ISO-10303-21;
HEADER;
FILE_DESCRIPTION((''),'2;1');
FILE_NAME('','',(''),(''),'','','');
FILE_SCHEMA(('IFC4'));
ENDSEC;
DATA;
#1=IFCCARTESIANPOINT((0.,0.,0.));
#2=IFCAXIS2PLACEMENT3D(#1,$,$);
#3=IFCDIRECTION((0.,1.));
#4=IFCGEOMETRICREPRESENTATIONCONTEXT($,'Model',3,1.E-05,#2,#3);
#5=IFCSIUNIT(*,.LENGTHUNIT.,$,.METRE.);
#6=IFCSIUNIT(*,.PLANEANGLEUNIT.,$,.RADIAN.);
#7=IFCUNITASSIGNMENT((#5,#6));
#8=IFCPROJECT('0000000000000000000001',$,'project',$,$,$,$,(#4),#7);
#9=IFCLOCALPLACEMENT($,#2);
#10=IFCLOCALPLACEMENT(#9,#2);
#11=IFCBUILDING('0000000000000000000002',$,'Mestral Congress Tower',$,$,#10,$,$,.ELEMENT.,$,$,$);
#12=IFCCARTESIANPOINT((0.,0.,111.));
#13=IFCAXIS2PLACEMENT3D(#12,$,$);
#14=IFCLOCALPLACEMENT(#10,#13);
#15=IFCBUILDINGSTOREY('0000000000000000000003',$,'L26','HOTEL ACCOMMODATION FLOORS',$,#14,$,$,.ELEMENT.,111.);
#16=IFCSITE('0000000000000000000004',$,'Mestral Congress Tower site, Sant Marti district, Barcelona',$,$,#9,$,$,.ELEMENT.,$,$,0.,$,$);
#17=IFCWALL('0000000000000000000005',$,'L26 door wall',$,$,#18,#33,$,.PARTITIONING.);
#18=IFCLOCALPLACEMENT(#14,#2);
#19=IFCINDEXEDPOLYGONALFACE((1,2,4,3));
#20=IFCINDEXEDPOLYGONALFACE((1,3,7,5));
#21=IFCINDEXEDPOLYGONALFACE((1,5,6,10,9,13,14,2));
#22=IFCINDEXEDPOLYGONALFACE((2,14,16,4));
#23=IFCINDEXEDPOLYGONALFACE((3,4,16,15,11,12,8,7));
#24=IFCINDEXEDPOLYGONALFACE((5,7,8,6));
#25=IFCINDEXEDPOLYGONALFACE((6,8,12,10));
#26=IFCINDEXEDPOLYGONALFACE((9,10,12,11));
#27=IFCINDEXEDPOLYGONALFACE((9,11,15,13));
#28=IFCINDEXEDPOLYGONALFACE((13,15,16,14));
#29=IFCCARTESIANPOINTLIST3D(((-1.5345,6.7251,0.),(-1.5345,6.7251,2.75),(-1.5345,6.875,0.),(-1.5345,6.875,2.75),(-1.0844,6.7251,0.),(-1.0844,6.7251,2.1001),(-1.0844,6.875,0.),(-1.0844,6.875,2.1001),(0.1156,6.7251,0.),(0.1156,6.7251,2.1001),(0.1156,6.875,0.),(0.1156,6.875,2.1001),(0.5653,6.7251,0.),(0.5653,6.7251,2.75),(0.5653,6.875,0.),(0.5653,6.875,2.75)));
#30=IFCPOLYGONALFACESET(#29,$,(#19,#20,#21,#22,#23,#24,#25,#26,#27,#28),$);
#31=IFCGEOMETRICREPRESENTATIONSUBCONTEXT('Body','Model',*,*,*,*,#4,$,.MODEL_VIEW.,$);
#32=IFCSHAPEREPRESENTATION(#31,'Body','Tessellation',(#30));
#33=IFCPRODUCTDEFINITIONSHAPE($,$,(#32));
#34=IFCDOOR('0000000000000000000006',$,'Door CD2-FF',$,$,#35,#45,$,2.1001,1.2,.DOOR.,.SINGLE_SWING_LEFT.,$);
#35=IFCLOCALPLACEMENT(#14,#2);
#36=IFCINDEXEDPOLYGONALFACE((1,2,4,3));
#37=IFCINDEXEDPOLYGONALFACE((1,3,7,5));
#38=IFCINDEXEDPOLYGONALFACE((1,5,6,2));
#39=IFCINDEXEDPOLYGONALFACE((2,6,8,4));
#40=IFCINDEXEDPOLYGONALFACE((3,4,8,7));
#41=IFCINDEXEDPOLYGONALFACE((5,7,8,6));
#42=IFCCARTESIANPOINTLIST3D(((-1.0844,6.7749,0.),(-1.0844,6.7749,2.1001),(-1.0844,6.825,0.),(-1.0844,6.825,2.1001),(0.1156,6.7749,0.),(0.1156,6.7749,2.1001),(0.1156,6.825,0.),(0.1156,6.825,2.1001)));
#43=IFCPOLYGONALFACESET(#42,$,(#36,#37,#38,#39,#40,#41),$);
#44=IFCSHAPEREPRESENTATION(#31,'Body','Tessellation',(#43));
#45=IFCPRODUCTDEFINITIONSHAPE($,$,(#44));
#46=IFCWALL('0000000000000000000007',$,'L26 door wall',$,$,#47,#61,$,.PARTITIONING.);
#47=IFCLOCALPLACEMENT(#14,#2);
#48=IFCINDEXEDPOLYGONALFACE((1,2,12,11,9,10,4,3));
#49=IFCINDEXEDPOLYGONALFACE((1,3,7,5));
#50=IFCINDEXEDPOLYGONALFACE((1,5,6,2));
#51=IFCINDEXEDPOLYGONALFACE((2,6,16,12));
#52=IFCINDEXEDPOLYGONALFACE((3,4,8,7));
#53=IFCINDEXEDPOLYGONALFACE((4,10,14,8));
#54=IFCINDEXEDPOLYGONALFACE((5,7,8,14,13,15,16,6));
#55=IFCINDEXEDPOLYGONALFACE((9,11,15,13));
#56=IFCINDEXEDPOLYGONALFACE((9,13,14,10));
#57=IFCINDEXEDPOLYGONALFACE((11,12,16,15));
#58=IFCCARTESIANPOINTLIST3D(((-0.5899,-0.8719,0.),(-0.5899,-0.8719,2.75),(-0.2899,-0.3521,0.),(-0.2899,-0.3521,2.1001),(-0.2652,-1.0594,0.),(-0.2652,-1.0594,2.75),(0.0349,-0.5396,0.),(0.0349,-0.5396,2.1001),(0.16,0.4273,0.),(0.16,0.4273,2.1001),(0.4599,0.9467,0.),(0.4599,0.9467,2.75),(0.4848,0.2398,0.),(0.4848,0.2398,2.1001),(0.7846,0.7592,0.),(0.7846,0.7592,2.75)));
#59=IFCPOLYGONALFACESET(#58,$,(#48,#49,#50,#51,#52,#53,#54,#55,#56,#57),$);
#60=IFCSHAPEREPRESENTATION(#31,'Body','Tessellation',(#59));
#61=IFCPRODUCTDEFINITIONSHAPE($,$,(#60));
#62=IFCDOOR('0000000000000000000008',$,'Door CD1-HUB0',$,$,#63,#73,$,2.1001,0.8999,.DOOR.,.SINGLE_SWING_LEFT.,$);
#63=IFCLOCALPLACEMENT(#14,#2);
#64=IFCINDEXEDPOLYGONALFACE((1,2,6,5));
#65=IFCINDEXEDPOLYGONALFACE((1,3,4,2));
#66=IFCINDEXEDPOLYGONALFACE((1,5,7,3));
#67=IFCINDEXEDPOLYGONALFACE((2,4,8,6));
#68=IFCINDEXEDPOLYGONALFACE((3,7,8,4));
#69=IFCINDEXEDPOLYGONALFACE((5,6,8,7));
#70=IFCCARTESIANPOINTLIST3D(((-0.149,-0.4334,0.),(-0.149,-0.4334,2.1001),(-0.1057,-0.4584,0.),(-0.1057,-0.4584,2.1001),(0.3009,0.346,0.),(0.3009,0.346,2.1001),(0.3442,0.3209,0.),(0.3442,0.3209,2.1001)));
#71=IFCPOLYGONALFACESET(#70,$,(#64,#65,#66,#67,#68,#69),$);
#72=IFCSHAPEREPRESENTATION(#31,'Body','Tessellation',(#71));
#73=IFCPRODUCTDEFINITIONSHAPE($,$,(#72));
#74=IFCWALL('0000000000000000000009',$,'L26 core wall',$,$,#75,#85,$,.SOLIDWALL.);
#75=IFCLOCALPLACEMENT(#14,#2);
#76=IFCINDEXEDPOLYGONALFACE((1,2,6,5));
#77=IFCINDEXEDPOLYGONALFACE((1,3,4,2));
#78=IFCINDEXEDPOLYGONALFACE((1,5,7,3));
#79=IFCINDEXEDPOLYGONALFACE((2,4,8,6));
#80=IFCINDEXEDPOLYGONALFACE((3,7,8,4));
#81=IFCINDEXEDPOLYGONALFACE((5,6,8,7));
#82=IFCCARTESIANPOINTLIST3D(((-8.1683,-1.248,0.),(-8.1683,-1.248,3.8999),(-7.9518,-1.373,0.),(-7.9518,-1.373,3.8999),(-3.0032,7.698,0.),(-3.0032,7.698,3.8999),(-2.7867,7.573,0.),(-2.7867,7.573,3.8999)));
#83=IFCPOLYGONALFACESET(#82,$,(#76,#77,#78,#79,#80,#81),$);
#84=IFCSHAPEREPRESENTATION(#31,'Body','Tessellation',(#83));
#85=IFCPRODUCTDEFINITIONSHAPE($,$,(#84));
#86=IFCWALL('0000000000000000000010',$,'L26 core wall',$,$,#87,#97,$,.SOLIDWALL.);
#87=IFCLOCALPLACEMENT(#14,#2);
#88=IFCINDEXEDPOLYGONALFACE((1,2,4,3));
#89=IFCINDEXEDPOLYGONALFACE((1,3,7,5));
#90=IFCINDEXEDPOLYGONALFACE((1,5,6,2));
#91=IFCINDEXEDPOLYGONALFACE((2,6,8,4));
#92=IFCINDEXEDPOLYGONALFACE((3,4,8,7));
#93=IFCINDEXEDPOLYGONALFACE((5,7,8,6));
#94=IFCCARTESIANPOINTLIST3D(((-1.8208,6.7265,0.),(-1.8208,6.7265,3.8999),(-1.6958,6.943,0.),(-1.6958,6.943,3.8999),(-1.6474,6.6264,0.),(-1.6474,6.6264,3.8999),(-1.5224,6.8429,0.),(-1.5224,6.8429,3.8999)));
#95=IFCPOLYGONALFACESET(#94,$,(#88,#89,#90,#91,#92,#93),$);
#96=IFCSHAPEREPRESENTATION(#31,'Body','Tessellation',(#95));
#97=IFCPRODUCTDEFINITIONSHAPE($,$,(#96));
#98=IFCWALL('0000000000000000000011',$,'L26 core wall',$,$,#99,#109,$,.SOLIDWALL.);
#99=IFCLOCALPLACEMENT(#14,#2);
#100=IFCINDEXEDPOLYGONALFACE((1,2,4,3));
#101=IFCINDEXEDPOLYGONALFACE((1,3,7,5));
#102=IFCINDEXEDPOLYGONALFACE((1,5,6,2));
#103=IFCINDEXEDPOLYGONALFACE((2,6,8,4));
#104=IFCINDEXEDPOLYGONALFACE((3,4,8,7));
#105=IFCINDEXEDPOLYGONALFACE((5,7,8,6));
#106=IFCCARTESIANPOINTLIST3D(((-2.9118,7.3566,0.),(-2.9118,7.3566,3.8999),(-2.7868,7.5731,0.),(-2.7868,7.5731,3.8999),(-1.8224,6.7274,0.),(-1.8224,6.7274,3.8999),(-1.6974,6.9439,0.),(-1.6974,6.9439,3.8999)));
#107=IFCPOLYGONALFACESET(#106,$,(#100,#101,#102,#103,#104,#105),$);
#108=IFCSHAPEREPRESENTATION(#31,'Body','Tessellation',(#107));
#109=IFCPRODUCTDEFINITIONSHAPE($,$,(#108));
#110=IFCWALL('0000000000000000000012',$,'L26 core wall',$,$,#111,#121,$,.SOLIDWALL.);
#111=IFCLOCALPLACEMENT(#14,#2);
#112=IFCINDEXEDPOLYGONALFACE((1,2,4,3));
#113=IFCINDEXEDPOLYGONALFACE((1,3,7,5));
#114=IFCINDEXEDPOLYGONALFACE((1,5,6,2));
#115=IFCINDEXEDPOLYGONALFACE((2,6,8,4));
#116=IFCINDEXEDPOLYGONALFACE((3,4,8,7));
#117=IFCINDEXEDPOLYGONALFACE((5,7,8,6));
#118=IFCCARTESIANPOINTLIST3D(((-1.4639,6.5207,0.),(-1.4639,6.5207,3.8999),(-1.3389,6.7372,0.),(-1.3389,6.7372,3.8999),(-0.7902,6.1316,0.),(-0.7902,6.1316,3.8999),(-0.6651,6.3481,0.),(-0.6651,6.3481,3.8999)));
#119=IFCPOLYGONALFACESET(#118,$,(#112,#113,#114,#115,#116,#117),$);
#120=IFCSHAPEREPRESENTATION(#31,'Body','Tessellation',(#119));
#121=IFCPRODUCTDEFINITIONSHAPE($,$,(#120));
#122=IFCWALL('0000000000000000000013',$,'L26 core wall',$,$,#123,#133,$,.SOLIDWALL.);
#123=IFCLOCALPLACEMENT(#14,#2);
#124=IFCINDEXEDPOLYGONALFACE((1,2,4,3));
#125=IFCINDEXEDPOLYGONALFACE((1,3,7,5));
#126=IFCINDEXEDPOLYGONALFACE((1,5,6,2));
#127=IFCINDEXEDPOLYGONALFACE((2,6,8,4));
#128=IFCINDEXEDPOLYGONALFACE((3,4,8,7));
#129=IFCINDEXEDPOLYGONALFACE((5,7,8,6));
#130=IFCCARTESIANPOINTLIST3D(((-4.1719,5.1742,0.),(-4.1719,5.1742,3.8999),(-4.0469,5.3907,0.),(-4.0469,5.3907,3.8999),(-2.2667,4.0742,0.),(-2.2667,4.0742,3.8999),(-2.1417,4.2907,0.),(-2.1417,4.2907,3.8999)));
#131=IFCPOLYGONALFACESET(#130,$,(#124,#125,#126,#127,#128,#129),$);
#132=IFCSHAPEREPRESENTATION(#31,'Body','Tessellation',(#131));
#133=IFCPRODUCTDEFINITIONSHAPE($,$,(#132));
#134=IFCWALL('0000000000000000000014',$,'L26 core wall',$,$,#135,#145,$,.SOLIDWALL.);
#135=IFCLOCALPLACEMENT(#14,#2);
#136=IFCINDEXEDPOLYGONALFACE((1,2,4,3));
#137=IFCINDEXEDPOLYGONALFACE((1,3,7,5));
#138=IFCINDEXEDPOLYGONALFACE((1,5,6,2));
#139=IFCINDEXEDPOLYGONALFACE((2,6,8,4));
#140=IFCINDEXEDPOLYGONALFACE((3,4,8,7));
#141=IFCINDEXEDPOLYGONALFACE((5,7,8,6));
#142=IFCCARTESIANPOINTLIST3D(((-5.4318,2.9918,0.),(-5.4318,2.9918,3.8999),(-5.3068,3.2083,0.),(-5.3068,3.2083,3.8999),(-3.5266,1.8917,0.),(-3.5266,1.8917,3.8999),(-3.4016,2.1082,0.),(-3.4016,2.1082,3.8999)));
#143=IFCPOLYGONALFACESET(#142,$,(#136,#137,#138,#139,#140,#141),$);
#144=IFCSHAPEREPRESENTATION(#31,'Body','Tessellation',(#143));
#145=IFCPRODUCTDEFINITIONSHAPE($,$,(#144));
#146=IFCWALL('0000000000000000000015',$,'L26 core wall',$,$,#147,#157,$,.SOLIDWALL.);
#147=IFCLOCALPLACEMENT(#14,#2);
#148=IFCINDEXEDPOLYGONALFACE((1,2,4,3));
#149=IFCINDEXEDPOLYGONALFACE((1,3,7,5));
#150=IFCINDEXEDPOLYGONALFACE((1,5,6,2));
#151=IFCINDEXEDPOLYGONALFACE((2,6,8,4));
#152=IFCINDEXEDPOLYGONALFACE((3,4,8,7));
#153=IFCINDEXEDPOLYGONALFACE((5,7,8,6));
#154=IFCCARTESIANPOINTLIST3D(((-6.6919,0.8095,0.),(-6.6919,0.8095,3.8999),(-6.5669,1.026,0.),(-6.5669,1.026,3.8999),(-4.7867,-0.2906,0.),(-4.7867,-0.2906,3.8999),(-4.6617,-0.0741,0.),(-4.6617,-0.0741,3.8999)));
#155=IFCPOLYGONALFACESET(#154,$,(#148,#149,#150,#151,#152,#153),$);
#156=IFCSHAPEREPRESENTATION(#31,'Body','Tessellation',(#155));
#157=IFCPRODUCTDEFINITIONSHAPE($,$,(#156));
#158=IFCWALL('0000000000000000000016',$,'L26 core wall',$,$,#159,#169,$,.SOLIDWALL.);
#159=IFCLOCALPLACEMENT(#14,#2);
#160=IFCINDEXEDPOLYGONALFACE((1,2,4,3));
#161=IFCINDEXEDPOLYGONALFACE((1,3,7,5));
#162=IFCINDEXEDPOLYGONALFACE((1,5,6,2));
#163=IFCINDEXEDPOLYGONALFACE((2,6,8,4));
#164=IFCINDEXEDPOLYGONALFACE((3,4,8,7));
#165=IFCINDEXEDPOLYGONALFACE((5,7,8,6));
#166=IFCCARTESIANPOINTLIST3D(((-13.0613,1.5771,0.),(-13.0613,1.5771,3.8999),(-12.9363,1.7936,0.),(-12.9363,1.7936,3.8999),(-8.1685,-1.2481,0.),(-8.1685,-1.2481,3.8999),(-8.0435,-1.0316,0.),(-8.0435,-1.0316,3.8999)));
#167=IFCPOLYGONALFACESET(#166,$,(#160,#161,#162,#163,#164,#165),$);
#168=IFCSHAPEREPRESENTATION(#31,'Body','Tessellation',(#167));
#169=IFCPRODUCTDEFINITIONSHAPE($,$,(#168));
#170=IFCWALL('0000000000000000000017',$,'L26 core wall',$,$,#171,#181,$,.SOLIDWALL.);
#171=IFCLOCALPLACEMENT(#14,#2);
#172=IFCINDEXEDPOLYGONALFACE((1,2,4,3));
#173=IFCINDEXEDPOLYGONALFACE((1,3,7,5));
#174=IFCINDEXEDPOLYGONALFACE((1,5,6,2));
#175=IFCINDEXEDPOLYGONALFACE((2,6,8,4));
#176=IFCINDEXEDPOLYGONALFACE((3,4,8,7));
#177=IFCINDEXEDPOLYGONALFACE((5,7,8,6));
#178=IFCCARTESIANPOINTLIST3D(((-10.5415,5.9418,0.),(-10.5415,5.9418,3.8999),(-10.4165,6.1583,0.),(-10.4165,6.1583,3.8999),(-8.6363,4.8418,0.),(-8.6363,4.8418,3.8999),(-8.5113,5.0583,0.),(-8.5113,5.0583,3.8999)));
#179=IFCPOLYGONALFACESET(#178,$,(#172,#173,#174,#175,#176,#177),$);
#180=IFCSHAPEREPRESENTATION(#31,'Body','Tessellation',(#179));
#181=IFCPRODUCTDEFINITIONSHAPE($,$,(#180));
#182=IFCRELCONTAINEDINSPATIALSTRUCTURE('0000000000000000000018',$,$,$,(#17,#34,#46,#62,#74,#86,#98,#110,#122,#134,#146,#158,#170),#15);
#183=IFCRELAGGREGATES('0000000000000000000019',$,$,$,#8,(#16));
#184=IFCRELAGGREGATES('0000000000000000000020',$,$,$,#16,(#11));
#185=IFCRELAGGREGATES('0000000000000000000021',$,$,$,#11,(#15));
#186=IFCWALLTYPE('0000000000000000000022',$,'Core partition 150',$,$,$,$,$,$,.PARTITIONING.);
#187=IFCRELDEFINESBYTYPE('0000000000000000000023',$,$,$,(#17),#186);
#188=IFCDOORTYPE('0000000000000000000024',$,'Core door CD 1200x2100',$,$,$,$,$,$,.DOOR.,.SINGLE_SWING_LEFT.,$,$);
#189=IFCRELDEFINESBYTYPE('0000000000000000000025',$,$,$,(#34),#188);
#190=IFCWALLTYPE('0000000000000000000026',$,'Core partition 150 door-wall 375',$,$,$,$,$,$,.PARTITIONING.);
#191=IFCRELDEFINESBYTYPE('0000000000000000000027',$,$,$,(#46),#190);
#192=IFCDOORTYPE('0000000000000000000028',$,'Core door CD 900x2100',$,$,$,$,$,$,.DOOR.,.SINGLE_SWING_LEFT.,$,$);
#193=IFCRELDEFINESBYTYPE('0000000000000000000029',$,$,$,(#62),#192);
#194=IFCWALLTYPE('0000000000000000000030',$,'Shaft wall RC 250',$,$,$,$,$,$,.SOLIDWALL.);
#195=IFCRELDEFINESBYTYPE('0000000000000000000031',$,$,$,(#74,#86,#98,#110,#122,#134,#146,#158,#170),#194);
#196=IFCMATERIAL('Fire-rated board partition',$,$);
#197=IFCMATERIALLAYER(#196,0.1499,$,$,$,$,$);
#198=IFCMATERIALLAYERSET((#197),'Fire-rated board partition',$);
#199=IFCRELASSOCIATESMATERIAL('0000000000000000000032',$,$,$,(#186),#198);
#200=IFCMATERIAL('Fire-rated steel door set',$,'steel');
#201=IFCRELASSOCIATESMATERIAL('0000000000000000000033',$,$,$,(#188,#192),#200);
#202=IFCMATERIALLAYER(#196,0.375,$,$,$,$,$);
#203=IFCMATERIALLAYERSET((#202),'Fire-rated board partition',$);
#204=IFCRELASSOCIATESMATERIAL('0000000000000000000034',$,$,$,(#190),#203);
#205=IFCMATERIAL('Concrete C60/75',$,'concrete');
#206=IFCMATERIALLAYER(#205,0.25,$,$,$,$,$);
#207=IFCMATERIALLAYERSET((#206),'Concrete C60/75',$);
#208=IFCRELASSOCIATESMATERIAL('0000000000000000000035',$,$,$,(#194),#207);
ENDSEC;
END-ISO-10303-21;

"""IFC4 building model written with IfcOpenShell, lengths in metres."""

from ifc_helpers import new_model, si_unit, direction, frame, frame_2d, origin, place, context, subcontext, project, spatial, rectangle, extrude, material, layer, layer_set, type_object, element, fill, save


model = new_model("IFC4")

# Units and contexts
model_context = context("Model", 3, precision=1e-05, world=origin(), true_north=direction((0.0, 1.0)))
body_context = subcontext(model_context, "Body", "Model", "MODEL_VIEW")
ifc_project = project(units=[si_unit("LENGTHUNIT", "METRE"), si_unit("PLANEANGLEUNIT", "RADIAN")], contexts=[model_context])

# Site, building, storey
site_placement = place(None, origin())
site = spatial("IfcSite", under=ifc_project, at=site_placement, Name="Mestral Congress Tower site, Sant Marti district, Barcelona", CompositionType="ELEMENT", RefElevation=0.0)
building_placement = place(site_placement, origin())
building = spatial("IfcBuilding", under=site, at=building_placement, Name="Mestral Congress Tower", CompositionType="ELEMENT")
storey_placement = place(building_placement, frame((0.0, 0.0, 111.0)))
storey = spatial("IfcBuildingStorey", under=building, at=storey_placement, Name="L26", Description="HOTEL ACCOMMODATION FLOORS", CompositionType="ELEMENT", Elevation=111.0)

# Walls, openings, doors
ifc_material_1 = material(Name="Fire-rated board partition")
ifc_layer_1 = layer(ifc_material_1, 0.1499)
ifc_layer_set_1 = layer_set([ifc_layer_1], Name="Fire-rated board partition")
wall_type_1 = type_object("IfcWallType", Name="Core partition 150", PredefinedType="PARTITIONING", material=ifc_layer_set_1)
wall_1_placement = place(storey_placement, frame((-1.5344, 6.8, 0.0), z_axis=(0.0, 0.0, 1.0), x_axis=(1.0, 0.0, 0.0)))
wall_1 = element("IfcWall", 1, at=wall_1_placement, inside=storey, type_object=wall_type_1, Name="L26 door wall", PredefinedType="PARTITIONING", context=body_context, shape_type="SweptSolid", body=[
    extrude(rectangle(XDim=2.0999, YDim=0.1499, at=frame_2d((1.0498, 0.0))), origin(), (0.0, 0.0, 1.0), 2.75),
])
opening_1_placement = place(wall_1_placement, frame((0.45, 0.0, 0.0)))
opening_1 = element("IfcOpeningElement", 2, at=opening_1_placement, cuts=wall_1, PredefinedType="OPENING", context=body_context, shape_type="SweptSolid", body=[
    extrude(rectangle(XDim=1.2, YDim=2.1001, at=frame_2d((0.6001, 1.05))), frame((0.0, 0.085, 0.0), z_axis=(0.0, -1.0, 0.0), x_axis=(1.0, 0.0, 0.0)), (0.0, 0.0, 1.0), 0.1699),
])
ifc_material_2 = material(Name="Fire-rated steel door set", Category="steel")
door_type_1 = type_object("IfcDoorType", Name="Core door CD 1200x2100", OperationType="SINGLE_SWING_LEFT", PredefinedType="DOOR", material=ifc_material_2)
door_1_placement = place(opening_1_placement, origin())
door_1 = element("IfcDoor", 3, at=door_1_placement, inside=storey, type_object=door_type_1, Name="Door CD2-FF", OperationType="SINGLE_SWING_LEFT", OverallHeight=2.1001, OverallWidth=1.2, PredefinedType="DOOR", context=body_context, shape_type="SweptSolid", body=[
    extrude(rectangle(XDim=1.2, YDim=2.1001, at=frame_2d((0.6001, 1.05))), frame((0.0, 0.0249, 0.0), z_axis=(0.0, -1.0, 0.0), x_axis=(1.0, 0.0, 0.0)), (0.0, 0.0, 1.0), 0.05),
])
fill(opening_1, door_1)
ifc_layer_2 = layer(ifc_material_1, 0.375)
ifc_layer_set_2 = layer_set([ifc_layer_2], Name="Fire-rated board partition")
wall_type_2 = type_object("IfcWallType", Name="Core partition 150 door-wall 375", PredefinedType="PARTITIONING", material=ifc_layer_set_2)
wall_2_placement = place(storey_placement, frame((-0.4275, -0.9656, 0.0), z_axis=(0.0, 0.0, 1.0), x_axis=(0.499941, 0.86606, 0.0)))
wall_2 = element("IfcWall", 4, at=wall_2_placement, inside=storey, type_object=wall_type_2, Name="L26 door wall", PredefinedType="PARTITIONING", context=body_context, shape_type="SweptSolid", body=[
    extrude(rectangle(XDim=2.0999, YDim=0.375, at=frame_2d((1.0498, 0.0))), origin(), (0.0, 0.0, 1.0), 2.75),
])
opening_2_placement = place(wall_2_placement, frame((0.6001, 0.0, 0.0)))
opening_2 = element("IfcOpeningElement", 5, at=opening_2_placement, cuts=wall_2, PredefinedType="OPENING", context=body_context, shape_type="SweptSolid", body=[
    extrude(rectangle(XDim=0.8999, YDim=2.1001, at=frame_2d((0.45, 1.05))), frame((0.0, 0.1975, 0.0), z_axis=(0.0, -1.0, 0.0), x_axis=(1.0, 0.0, 0.0)), (0.0, 0.0, 1.0), 0.395),
])
door_type_2 = type_object("IfcDoorType", Name="Core door CD 900x2100", OperationType="SINGLE_SWING_LEFT", PredefinedType="DOOR", material=ifc_material_2)
door_2_placement = place(opening_2_placement, origin())
door_2 = element("IfcDoor", 6, at=door_2_placement, inside=storey, type_object=door_type_2, Name="Door CD1-HUB0", OperationType="SINGLE_SWING_LEFT", OverallHeight=2.1001, OverallWidth=0.8999, PredefinedType="DOOR", context=body_context, shape_type="SweptSolid", body=[
    extrude(rectangle(XDim=0.8999, YDim=2.1001, at=frame_2d((0.45, 1.05))), frame((0.0, 0.0249, 0.0), z_axis=(0.0, -1.0, 0.0), x_axis=(1.0, 0.0, 0.0)), (0.0, 0.0, 1.0), 0.05),
])
fill(opening_2, door_2)

# Walls
ifc_material_3 = material(Name="Concrete C60/75", Category="concrete")
ifc_layer_3 = layer(ifc_material_3, 0.25)
ifc_layer_set_3 = layer_set([ifc_layer_3], Name="Concrete C60/75")
wall_type_3 = type_object("IfcWallType", Name="Shaft wall RC 250", PredefinedType="SOLIDWALL", material=ifc_layer_set_3)
wall_3_placement = place(storey_placement, frame((-8.0601, -1.3105, 0.0), z_axis=(0.0, 0.0, 1.0), x_axis=(0.500003, 0.866024, 0.0)))
element("IfcWall", 7, at=wall_3_placement, inside=storey, type_object=wall_type_3, Name="L26 core wall", PredefinedType="SOLIDWALL", context=body_context, shape_type="SweptSolid", body=[
    extrude(rectangle(XDim=10.3301, YDim=0.25, at=frame_2d((5.165, 0.0))), origin(), (0.0, 0.0, 1.0), 3.8999),
])
wall_4_placement = place(storey_placement, frame((-1.7583, 6.8347, 0.0), z_axis=(0.0, 0.0, 1.0), x_axis=(0.865982, -0.500074, 0.0)))
element("IfcWall", 8, at=wall_4_placement, inside=storey, type_object=wall_type_3, Name="L26 core wall", PredefinedType="SOLIDWALL", context=body_context, shape_type="SweptSolid", body=[
    extrude(rectangle(XDim=0.2002, YDim=0.25, at=frame_2d((0.1001, 0.0))), origin(), (0.0, 0.0, 1.0), 3.8999),
])
wall_5_placement = place(storey_placement, frame((-1.76, 6.8357, 0.0), z_axis=(0.0, 0.0, 1.0), x_axis=(-0.865953, 0.500126, 0.0)))
element("IfcWall", 9, at=wall_5_placement, inside=storey, type_object=wall_type_3, Name="L26 core wall", PredefinedType="SOLIDWALL", context=body_context, shape_type="SweptSolid", body=[
    extrude(rectangle(XDim=1.2581, YDim=0.25, at=frame_2d((0.6289, 0.0))), origin(), (0.0, 0.0, 1.0), 3.8999),
])
wall_6_placement = place(storey_placement, frame((-0.7275, 6.2397, 0.0), z_axis=(0.0, 0.0, 1.0), x_axis=(-0.865956, 0.500121, 0.0)))
element("IfcWall", 10, at=wall_6_placement, inside=storey, type_object=wall_type_3, Name="L26 core wall", PredefinedType="SOLIDWALL", context=body_context, shape_type="SweptSolid", body=[
    extrude(rectangle(XDim=0.7781, YDim=0.25, at=frame_2d((0.3892, 0.0))), origin(), (0.0, 0.0, 1.0), 3.8999),
])
for number, where, z_axis, x_axis, name in (
    (11, (-2.2041, 4.1824, 0.0), (0.0, 0.0, 1.0), (-0.866008, 0.50003, 0.0), "L26 core wall"),
    (12, (-5.3694, 3.1001, 0.0), (0.0, 0.0, 1.0), (0.866008, -0.50003, 0.0), "L26 core wall"),
    (13, (-4.7241, -0.1824, 0.0), (0.0, 0.0, 1.0), (-0.866008, 0.50003, 0.0), "L26 core wall"),
):
    element("IfcWall", number, at=place(storey_placement, frame(where, z_axis=z_axis, x_axis=x_axis)), inside=storey, type_object=wall_type_3, Name=name, PredefinedType="SOLIDWALL", context=body_context, shape_type="SweptSolid", body=[
        extrude(rectangle(XDim=2.2, YDim=0.25, at=frame_2d((1.1001, 0.0))), origin(), (0.0, 0.0, 1.0), 3.8999),
    ])
wall_7_placement = place(storey_placement, frame((-8.106, -1.1399, 0.0), z_axis=(0.0, 0.0, 1.0), x_axis=(-0.866001, 0.500043, 0.0)))
element("IfcWall", 14, at=wall_7_placement, inside=storey, type_object=wall_type_3, Name="L26 core wall", PredefinedType="SOLIDWALL", context=body_context, shape_type="SweptSolid", body=[
    extrude(rectangle(XDim=5.6499, YDim=0.25, at=frame_2d((2.825, 0.0))), origin(), (0.0, 0.0, 1.0), 3.8999),
])
wall_8_placement = place(storey_placement, frame((-8.5737, 4.95, 0.0), z_axis=(0.0, 0.0, 1.0), x_axis=(-0.866008, 0.50003, 0.0)))
element("IfcWall", 15, at=wall_8_placement, inside=storey, type_object=wall_type_3, Name="L26 core wall", PredefinedType="SOLIDWALL", context=body_context, shape_type="SweptSolid", body=[
    extrude(rectangle(XDim=2.2, YDim=0.25, at=frame_2d((1.1001, 0.0))), origin(), (0.0, 0.0, 1.0), 3.8999),
])

save(model, "model.ifc")
